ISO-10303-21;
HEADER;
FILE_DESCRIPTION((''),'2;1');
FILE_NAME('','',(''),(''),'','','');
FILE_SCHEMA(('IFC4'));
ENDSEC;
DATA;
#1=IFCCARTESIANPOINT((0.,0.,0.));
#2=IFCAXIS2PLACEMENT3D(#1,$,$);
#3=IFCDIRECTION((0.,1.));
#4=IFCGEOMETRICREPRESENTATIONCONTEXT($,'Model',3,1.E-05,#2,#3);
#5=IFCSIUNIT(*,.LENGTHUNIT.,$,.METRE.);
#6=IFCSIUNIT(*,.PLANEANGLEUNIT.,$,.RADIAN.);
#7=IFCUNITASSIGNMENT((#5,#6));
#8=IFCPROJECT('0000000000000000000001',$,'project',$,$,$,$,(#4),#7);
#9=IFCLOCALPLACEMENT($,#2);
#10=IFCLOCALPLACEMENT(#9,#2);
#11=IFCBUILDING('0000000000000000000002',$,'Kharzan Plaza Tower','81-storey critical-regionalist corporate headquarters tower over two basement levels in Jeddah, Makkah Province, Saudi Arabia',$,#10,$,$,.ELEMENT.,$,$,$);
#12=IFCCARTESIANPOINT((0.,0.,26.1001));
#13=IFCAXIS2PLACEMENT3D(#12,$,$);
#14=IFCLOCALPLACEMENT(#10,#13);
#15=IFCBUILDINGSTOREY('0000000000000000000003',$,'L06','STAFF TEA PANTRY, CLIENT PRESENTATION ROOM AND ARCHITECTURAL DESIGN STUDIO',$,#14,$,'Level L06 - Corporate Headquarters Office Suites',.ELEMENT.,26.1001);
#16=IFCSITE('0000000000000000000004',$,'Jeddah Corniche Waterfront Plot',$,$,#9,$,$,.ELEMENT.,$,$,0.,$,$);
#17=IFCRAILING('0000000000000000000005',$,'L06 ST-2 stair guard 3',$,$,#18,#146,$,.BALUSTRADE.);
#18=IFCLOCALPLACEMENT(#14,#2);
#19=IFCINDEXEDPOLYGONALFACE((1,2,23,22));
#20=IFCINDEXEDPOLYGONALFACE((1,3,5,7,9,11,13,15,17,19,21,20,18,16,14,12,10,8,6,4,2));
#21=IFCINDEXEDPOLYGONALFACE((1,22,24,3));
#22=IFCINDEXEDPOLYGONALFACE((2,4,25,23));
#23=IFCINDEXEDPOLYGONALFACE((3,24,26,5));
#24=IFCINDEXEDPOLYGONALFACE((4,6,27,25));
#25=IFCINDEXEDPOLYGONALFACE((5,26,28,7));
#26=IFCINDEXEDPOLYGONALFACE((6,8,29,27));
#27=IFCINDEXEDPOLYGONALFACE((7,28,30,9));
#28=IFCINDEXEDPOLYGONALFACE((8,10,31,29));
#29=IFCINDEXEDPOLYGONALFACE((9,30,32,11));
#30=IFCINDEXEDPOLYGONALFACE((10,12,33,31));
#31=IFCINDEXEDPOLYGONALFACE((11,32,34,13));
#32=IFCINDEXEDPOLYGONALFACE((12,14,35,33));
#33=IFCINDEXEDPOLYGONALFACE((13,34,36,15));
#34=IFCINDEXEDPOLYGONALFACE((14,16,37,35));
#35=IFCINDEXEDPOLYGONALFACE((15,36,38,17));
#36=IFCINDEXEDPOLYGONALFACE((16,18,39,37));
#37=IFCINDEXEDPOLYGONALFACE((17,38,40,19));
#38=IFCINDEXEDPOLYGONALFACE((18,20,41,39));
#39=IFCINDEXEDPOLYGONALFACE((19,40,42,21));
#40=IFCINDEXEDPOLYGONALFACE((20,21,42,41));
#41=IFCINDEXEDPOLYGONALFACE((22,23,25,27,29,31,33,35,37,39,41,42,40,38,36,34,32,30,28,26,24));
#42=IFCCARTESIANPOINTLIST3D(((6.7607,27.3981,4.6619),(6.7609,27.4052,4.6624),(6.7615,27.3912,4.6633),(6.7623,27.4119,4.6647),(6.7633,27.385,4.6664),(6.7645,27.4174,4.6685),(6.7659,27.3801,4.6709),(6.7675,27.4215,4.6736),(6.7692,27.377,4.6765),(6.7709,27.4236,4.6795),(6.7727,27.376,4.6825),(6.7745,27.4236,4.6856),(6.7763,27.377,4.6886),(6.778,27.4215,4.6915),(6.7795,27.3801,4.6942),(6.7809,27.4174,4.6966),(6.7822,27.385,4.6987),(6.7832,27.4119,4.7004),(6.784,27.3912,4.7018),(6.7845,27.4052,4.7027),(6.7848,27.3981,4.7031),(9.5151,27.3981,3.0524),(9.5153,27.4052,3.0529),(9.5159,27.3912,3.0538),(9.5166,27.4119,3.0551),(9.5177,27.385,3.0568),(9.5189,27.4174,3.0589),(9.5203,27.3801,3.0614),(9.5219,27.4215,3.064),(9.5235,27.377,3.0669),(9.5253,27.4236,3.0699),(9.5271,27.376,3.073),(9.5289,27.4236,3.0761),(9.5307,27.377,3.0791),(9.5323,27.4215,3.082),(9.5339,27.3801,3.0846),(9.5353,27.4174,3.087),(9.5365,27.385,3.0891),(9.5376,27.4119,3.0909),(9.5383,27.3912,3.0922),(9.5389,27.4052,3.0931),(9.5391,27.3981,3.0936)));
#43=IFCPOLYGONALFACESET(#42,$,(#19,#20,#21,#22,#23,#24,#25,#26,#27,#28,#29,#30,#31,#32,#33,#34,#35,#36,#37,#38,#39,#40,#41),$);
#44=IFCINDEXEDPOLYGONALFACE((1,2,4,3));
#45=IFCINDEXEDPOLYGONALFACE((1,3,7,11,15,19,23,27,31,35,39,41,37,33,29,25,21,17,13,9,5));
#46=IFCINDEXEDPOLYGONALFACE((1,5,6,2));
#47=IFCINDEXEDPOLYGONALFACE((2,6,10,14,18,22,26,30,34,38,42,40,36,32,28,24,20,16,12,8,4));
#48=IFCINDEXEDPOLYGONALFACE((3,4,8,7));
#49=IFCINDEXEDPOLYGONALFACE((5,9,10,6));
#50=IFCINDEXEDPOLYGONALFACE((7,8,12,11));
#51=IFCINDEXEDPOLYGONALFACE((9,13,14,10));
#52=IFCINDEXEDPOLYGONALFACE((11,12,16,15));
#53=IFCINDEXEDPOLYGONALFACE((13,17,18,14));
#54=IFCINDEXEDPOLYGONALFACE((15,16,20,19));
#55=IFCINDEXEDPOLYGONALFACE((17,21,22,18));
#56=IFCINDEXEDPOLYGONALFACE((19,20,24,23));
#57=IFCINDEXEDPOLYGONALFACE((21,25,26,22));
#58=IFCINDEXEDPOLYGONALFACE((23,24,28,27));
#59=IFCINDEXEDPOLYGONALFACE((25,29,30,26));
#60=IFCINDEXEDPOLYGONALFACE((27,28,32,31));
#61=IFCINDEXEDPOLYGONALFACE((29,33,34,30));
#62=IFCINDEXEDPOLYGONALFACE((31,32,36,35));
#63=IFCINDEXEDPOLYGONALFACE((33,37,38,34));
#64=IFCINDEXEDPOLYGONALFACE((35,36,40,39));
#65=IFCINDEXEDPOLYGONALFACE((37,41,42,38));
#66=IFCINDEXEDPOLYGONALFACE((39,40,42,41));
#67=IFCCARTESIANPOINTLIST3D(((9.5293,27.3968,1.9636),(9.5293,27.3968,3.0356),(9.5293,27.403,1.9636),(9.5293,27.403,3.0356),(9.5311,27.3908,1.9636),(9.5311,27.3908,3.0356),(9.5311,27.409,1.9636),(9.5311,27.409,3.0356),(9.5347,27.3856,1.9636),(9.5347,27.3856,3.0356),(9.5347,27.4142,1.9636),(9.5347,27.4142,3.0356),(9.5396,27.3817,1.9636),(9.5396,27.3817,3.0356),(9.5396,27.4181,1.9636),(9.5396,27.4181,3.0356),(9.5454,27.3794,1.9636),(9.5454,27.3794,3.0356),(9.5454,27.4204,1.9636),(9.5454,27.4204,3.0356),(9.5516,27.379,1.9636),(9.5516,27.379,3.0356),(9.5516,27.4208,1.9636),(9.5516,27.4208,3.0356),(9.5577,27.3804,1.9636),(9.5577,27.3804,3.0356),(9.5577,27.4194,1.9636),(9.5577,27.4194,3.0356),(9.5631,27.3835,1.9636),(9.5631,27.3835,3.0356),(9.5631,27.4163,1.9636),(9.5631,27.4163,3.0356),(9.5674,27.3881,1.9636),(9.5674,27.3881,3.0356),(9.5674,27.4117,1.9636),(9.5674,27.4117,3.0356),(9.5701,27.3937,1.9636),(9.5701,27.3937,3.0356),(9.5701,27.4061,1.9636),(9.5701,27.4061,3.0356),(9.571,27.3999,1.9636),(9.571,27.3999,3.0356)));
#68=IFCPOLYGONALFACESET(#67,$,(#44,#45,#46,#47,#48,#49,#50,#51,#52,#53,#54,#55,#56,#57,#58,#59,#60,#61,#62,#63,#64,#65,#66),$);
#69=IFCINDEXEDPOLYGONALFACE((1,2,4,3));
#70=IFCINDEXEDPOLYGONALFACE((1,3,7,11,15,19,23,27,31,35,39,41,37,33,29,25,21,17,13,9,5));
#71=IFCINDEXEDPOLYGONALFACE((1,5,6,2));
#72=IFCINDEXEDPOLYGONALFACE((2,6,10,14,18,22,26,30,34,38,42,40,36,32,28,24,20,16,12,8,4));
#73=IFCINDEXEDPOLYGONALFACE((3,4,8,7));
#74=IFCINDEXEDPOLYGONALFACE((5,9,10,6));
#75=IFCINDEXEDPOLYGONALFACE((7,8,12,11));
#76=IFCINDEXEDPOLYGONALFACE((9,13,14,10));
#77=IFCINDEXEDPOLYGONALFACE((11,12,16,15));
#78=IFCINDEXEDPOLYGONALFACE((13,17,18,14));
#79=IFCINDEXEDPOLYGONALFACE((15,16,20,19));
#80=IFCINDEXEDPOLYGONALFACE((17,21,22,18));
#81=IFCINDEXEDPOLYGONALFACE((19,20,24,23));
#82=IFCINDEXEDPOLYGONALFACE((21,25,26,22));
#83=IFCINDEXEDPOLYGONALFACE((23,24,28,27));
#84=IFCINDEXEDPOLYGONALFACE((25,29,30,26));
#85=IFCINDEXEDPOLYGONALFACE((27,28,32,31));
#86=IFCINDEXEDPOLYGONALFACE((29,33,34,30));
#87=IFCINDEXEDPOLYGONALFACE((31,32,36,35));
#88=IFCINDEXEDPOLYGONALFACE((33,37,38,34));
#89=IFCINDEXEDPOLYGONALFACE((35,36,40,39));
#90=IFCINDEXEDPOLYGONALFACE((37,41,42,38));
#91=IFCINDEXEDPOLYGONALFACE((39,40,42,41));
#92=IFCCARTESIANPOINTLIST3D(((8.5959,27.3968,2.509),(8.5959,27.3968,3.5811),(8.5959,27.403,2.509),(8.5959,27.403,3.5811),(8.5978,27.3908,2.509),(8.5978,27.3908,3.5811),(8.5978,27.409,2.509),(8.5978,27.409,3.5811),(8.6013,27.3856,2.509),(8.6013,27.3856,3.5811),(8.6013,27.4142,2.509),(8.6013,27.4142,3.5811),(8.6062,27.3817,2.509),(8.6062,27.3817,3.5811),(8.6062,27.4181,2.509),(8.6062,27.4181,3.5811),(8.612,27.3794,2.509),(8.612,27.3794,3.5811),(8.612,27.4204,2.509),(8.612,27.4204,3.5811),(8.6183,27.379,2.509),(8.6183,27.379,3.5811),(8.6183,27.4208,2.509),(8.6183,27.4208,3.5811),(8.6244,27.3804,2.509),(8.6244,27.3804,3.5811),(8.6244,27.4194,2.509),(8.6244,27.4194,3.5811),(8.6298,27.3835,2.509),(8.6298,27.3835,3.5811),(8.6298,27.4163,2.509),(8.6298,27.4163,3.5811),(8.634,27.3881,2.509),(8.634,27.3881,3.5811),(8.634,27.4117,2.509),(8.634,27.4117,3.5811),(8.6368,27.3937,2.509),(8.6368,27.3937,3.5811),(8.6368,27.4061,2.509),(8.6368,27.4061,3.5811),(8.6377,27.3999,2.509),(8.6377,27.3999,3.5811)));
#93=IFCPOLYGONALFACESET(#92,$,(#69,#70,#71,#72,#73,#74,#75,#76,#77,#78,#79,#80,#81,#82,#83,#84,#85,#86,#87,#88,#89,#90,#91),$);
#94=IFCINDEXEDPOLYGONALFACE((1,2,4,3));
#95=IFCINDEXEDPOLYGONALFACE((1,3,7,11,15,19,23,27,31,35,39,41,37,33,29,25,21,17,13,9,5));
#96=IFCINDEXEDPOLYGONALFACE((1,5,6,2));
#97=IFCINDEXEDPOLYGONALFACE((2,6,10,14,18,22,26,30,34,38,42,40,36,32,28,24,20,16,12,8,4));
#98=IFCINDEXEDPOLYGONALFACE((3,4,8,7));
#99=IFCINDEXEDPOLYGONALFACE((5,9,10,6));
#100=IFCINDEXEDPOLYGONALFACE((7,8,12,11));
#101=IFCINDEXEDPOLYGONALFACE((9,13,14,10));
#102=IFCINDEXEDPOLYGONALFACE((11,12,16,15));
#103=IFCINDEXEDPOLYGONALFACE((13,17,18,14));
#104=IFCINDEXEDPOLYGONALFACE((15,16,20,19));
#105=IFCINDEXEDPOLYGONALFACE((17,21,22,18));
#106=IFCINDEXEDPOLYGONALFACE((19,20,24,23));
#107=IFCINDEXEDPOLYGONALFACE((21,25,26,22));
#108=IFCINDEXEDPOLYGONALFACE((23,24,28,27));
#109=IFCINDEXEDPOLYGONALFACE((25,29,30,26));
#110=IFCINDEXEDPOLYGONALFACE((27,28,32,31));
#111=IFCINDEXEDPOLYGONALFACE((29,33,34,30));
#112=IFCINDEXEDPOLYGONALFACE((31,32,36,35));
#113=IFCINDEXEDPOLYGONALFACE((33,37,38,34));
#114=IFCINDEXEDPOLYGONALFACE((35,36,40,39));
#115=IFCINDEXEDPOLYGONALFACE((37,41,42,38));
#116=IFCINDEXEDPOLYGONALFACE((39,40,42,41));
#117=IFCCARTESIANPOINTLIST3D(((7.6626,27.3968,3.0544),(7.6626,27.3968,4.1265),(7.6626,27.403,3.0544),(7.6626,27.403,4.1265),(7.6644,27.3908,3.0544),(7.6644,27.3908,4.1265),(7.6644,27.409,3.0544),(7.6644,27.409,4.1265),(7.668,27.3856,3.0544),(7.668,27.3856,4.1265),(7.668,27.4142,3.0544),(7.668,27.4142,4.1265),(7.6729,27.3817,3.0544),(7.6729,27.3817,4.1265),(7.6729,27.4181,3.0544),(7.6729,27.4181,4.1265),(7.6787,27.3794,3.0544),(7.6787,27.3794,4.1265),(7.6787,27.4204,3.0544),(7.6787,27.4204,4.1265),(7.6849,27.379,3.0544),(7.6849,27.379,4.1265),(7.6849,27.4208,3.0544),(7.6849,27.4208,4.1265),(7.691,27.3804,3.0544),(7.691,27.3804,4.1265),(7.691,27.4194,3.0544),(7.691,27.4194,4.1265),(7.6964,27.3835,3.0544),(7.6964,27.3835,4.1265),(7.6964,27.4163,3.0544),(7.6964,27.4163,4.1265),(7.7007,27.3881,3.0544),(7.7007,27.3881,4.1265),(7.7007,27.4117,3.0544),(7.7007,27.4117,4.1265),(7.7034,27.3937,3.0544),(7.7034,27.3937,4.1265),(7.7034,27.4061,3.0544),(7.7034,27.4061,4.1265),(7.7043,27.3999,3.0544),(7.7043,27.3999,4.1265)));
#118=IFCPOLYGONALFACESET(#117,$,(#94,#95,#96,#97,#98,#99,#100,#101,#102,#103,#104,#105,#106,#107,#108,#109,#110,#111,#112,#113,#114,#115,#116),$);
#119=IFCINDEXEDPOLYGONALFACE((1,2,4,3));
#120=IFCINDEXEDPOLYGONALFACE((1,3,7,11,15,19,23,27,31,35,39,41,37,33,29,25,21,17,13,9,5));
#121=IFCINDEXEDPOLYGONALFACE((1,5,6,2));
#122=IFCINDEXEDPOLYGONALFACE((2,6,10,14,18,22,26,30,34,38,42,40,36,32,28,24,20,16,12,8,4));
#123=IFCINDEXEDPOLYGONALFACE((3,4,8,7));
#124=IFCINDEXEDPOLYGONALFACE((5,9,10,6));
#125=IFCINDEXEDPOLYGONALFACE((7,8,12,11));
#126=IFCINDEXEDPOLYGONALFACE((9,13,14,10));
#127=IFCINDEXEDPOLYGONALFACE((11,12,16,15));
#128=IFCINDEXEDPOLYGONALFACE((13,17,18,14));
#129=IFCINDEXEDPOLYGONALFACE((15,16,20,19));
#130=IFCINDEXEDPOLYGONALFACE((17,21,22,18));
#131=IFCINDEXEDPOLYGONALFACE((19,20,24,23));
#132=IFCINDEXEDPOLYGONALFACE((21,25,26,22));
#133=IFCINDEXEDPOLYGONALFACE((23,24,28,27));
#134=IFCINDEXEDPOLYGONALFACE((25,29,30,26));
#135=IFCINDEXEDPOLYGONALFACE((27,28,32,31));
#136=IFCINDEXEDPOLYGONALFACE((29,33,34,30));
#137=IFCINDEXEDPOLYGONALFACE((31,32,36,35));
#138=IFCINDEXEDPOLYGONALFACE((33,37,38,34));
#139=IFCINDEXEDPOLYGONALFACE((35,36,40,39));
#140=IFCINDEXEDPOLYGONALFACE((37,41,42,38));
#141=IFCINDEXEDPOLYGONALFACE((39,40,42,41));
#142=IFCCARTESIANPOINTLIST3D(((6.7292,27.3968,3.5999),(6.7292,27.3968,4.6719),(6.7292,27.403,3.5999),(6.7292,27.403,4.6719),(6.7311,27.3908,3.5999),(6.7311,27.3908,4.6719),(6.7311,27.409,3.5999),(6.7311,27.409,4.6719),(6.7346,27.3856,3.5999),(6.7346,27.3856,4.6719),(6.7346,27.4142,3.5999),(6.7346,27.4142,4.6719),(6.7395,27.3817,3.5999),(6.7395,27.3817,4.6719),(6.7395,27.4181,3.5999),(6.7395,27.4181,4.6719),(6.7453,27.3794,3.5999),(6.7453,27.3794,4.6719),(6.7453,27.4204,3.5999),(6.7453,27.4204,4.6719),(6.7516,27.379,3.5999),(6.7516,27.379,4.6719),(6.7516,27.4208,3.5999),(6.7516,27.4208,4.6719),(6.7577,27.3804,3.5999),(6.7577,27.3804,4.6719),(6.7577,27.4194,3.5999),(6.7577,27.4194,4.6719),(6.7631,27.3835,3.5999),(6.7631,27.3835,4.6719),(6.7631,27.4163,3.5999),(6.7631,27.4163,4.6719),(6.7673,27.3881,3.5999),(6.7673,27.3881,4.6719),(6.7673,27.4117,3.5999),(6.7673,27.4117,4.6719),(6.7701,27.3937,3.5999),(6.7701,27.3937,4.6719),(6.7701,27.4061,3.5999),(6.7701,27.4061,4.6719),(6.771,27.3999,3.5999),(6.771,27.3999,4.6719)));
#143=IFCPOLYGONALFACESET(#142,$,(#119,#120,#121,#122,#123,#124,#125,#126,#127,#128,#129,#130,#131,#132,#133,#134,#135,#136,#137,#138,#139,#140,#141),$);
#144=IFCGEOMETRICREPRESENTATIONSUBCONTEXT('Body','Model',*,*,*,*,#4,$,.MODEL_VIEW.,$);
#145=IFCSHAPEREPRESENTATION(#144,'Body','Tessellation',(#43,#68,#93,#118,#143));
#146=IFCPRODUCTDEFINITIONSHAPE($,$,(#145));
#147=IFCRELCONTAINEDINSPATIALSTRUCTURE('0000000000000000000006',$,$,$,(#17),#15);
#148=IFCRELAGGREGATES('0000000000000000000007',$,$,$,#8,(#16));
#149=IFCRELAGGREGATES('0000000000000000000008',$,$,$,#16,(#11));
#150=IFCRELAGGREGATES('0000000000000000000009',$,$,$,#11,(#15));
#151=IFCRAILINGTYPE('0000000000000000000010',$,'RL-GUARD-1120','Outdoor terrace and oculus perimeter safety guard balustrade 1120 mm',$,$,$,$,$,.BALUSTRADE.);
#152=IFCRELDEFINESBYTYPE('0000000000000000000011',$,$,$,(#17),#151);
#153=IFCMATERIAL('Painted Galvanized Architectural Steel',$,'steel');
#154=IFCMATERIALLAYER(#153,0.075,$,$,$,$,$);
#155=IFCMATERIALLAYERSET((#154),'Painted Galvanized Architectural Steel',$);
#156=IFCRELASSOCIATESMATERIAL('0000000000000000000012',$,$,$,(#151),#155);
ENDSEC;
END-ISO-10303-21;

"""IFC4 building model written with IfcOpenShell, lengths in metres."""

from ifc_helpers import new_model, si_unit, direction, frame, origin, origin_2d, place, context, subcontext, project, spatial, circle, extrude, source, transform, mapped, material, layer, layer_set, type_object, element, save


model = new_model("IFC4")

# Units and contexts
model_context = context("Model", 3, precision=1e-05, world=origin(), true_north=direction((0.0, 1.0)))
body_context = subcontext(model_context, "Body", "Model", "MODEL_VIEW")
ifc_project = project(units=[si_unit("LENGTHUNIT", "METRE"), si_unit("PLANEANGLEUNIT", "RADIAN")], contexts=[model_context])

# Site, building, storey
site_placement = place(None, origin())
site = spatial("IfcSite", under=ifc_project, at=site_placement, Name="Jeddah Corniche Waterfront Plot", CompositionType="ELEMENT", RefElevation=0.0)
building_placement = place(site_placement, origin())
building = spatial("IfcBuilding", under=site, at=building_placement, Name="Kharzan Plaza Tower", Description="81-storey critical-regionalist corporate headquarters tower over two basement levels in Jeddah, Makkah Province, Saudi Arabia", CompositionType="ELEMENT")
storey_placement = place(building_placement, frame((0.0, 0.0, 26.1001)))
storey = spatial("IfcBuildingStorey", under=building, at=storey_placement, Name="L06", Description="STAFF TEA PANTRY, CLIENT PRESENTATION ROOM AND ARCHITECTURAL DESIGN STUDIO", LongName="Level L06 - Corporate Headquarters Office Suites", CompositionType="ELEMENT", Elevation=26.1001)

# Railing
ifc_material_1 = material(Name="Painted Galvanized Architectural Steel", Category="steel")
ifc_layer_1 = layer(ifc_material_1, 0.075)
ifc_layer_set_1 = layer_set([ifc_layer_1], Name="Painted Galvanized Architectural Steel")
railing_type_1 = type_object("IfcRailingType", Name="RL-GUARD-1120", Description="Outdoor terrace and oculus perimeter safety guard balustrade 1120 mm", PredefinedType="BALUSTRADE", material=ifc_layer_set_1)
shared_shape_1 = source(origin(), body_context, "Body", "SweptSolid", [
    extrude(circle(Radius=0.0239, at=origin_2d()), frame((-0.0229, 0.0, 1.1094), z_axis=(-0.863394, 0.0, 0.504531), x_axis=(0.0, -1.0, 0.0)), (0.0, 0.0, 1.0), 3.1902),
    extrude(circle(Radius=0.021, at=origin_2d()), origin(), (0.0, 0.0, 1.0), 1.072),
    extrude(circle(Radius=0.021, at=origin_2d()), frame((-0.9333, 0.0, 0.5454)), (0.0, 0.0, 1.0), 1.072),
    extrude(circle(Radius=0.021, at=origin_2d()), frame((-1.8667, 0.0, 1.0908)), (0.0, 0.0, 1.0), 1.072),
    extrude(circle(Radius=0.021, at=origin_2d()), frame((-2.8, 0.0, 1.6362)), (0.0, 0.0, 1.0), 1.072),
])
railing_1_placement = place(storey_placement, frame((9.55, 27.3999, 1.9636)))
element("IfcRailing", 1, at=railing_1_placement, inside=storey, type_object=railing_type_1, Name="L06 ST-2 stair guard 3", PredefinedType="BALUSTRADE", context=body_context, shape_type="MappedRepresentation", body=[
    mapped(shared_shape_1, transform((0.0, 0.0, 0.0), x_axis=(1.0, 0.0, 0.0), y_axis=(0.0, 1.0, 0.0), z_axis=(0.0, 0.0, 1.0))),
])

save(model, "model.ifc")
